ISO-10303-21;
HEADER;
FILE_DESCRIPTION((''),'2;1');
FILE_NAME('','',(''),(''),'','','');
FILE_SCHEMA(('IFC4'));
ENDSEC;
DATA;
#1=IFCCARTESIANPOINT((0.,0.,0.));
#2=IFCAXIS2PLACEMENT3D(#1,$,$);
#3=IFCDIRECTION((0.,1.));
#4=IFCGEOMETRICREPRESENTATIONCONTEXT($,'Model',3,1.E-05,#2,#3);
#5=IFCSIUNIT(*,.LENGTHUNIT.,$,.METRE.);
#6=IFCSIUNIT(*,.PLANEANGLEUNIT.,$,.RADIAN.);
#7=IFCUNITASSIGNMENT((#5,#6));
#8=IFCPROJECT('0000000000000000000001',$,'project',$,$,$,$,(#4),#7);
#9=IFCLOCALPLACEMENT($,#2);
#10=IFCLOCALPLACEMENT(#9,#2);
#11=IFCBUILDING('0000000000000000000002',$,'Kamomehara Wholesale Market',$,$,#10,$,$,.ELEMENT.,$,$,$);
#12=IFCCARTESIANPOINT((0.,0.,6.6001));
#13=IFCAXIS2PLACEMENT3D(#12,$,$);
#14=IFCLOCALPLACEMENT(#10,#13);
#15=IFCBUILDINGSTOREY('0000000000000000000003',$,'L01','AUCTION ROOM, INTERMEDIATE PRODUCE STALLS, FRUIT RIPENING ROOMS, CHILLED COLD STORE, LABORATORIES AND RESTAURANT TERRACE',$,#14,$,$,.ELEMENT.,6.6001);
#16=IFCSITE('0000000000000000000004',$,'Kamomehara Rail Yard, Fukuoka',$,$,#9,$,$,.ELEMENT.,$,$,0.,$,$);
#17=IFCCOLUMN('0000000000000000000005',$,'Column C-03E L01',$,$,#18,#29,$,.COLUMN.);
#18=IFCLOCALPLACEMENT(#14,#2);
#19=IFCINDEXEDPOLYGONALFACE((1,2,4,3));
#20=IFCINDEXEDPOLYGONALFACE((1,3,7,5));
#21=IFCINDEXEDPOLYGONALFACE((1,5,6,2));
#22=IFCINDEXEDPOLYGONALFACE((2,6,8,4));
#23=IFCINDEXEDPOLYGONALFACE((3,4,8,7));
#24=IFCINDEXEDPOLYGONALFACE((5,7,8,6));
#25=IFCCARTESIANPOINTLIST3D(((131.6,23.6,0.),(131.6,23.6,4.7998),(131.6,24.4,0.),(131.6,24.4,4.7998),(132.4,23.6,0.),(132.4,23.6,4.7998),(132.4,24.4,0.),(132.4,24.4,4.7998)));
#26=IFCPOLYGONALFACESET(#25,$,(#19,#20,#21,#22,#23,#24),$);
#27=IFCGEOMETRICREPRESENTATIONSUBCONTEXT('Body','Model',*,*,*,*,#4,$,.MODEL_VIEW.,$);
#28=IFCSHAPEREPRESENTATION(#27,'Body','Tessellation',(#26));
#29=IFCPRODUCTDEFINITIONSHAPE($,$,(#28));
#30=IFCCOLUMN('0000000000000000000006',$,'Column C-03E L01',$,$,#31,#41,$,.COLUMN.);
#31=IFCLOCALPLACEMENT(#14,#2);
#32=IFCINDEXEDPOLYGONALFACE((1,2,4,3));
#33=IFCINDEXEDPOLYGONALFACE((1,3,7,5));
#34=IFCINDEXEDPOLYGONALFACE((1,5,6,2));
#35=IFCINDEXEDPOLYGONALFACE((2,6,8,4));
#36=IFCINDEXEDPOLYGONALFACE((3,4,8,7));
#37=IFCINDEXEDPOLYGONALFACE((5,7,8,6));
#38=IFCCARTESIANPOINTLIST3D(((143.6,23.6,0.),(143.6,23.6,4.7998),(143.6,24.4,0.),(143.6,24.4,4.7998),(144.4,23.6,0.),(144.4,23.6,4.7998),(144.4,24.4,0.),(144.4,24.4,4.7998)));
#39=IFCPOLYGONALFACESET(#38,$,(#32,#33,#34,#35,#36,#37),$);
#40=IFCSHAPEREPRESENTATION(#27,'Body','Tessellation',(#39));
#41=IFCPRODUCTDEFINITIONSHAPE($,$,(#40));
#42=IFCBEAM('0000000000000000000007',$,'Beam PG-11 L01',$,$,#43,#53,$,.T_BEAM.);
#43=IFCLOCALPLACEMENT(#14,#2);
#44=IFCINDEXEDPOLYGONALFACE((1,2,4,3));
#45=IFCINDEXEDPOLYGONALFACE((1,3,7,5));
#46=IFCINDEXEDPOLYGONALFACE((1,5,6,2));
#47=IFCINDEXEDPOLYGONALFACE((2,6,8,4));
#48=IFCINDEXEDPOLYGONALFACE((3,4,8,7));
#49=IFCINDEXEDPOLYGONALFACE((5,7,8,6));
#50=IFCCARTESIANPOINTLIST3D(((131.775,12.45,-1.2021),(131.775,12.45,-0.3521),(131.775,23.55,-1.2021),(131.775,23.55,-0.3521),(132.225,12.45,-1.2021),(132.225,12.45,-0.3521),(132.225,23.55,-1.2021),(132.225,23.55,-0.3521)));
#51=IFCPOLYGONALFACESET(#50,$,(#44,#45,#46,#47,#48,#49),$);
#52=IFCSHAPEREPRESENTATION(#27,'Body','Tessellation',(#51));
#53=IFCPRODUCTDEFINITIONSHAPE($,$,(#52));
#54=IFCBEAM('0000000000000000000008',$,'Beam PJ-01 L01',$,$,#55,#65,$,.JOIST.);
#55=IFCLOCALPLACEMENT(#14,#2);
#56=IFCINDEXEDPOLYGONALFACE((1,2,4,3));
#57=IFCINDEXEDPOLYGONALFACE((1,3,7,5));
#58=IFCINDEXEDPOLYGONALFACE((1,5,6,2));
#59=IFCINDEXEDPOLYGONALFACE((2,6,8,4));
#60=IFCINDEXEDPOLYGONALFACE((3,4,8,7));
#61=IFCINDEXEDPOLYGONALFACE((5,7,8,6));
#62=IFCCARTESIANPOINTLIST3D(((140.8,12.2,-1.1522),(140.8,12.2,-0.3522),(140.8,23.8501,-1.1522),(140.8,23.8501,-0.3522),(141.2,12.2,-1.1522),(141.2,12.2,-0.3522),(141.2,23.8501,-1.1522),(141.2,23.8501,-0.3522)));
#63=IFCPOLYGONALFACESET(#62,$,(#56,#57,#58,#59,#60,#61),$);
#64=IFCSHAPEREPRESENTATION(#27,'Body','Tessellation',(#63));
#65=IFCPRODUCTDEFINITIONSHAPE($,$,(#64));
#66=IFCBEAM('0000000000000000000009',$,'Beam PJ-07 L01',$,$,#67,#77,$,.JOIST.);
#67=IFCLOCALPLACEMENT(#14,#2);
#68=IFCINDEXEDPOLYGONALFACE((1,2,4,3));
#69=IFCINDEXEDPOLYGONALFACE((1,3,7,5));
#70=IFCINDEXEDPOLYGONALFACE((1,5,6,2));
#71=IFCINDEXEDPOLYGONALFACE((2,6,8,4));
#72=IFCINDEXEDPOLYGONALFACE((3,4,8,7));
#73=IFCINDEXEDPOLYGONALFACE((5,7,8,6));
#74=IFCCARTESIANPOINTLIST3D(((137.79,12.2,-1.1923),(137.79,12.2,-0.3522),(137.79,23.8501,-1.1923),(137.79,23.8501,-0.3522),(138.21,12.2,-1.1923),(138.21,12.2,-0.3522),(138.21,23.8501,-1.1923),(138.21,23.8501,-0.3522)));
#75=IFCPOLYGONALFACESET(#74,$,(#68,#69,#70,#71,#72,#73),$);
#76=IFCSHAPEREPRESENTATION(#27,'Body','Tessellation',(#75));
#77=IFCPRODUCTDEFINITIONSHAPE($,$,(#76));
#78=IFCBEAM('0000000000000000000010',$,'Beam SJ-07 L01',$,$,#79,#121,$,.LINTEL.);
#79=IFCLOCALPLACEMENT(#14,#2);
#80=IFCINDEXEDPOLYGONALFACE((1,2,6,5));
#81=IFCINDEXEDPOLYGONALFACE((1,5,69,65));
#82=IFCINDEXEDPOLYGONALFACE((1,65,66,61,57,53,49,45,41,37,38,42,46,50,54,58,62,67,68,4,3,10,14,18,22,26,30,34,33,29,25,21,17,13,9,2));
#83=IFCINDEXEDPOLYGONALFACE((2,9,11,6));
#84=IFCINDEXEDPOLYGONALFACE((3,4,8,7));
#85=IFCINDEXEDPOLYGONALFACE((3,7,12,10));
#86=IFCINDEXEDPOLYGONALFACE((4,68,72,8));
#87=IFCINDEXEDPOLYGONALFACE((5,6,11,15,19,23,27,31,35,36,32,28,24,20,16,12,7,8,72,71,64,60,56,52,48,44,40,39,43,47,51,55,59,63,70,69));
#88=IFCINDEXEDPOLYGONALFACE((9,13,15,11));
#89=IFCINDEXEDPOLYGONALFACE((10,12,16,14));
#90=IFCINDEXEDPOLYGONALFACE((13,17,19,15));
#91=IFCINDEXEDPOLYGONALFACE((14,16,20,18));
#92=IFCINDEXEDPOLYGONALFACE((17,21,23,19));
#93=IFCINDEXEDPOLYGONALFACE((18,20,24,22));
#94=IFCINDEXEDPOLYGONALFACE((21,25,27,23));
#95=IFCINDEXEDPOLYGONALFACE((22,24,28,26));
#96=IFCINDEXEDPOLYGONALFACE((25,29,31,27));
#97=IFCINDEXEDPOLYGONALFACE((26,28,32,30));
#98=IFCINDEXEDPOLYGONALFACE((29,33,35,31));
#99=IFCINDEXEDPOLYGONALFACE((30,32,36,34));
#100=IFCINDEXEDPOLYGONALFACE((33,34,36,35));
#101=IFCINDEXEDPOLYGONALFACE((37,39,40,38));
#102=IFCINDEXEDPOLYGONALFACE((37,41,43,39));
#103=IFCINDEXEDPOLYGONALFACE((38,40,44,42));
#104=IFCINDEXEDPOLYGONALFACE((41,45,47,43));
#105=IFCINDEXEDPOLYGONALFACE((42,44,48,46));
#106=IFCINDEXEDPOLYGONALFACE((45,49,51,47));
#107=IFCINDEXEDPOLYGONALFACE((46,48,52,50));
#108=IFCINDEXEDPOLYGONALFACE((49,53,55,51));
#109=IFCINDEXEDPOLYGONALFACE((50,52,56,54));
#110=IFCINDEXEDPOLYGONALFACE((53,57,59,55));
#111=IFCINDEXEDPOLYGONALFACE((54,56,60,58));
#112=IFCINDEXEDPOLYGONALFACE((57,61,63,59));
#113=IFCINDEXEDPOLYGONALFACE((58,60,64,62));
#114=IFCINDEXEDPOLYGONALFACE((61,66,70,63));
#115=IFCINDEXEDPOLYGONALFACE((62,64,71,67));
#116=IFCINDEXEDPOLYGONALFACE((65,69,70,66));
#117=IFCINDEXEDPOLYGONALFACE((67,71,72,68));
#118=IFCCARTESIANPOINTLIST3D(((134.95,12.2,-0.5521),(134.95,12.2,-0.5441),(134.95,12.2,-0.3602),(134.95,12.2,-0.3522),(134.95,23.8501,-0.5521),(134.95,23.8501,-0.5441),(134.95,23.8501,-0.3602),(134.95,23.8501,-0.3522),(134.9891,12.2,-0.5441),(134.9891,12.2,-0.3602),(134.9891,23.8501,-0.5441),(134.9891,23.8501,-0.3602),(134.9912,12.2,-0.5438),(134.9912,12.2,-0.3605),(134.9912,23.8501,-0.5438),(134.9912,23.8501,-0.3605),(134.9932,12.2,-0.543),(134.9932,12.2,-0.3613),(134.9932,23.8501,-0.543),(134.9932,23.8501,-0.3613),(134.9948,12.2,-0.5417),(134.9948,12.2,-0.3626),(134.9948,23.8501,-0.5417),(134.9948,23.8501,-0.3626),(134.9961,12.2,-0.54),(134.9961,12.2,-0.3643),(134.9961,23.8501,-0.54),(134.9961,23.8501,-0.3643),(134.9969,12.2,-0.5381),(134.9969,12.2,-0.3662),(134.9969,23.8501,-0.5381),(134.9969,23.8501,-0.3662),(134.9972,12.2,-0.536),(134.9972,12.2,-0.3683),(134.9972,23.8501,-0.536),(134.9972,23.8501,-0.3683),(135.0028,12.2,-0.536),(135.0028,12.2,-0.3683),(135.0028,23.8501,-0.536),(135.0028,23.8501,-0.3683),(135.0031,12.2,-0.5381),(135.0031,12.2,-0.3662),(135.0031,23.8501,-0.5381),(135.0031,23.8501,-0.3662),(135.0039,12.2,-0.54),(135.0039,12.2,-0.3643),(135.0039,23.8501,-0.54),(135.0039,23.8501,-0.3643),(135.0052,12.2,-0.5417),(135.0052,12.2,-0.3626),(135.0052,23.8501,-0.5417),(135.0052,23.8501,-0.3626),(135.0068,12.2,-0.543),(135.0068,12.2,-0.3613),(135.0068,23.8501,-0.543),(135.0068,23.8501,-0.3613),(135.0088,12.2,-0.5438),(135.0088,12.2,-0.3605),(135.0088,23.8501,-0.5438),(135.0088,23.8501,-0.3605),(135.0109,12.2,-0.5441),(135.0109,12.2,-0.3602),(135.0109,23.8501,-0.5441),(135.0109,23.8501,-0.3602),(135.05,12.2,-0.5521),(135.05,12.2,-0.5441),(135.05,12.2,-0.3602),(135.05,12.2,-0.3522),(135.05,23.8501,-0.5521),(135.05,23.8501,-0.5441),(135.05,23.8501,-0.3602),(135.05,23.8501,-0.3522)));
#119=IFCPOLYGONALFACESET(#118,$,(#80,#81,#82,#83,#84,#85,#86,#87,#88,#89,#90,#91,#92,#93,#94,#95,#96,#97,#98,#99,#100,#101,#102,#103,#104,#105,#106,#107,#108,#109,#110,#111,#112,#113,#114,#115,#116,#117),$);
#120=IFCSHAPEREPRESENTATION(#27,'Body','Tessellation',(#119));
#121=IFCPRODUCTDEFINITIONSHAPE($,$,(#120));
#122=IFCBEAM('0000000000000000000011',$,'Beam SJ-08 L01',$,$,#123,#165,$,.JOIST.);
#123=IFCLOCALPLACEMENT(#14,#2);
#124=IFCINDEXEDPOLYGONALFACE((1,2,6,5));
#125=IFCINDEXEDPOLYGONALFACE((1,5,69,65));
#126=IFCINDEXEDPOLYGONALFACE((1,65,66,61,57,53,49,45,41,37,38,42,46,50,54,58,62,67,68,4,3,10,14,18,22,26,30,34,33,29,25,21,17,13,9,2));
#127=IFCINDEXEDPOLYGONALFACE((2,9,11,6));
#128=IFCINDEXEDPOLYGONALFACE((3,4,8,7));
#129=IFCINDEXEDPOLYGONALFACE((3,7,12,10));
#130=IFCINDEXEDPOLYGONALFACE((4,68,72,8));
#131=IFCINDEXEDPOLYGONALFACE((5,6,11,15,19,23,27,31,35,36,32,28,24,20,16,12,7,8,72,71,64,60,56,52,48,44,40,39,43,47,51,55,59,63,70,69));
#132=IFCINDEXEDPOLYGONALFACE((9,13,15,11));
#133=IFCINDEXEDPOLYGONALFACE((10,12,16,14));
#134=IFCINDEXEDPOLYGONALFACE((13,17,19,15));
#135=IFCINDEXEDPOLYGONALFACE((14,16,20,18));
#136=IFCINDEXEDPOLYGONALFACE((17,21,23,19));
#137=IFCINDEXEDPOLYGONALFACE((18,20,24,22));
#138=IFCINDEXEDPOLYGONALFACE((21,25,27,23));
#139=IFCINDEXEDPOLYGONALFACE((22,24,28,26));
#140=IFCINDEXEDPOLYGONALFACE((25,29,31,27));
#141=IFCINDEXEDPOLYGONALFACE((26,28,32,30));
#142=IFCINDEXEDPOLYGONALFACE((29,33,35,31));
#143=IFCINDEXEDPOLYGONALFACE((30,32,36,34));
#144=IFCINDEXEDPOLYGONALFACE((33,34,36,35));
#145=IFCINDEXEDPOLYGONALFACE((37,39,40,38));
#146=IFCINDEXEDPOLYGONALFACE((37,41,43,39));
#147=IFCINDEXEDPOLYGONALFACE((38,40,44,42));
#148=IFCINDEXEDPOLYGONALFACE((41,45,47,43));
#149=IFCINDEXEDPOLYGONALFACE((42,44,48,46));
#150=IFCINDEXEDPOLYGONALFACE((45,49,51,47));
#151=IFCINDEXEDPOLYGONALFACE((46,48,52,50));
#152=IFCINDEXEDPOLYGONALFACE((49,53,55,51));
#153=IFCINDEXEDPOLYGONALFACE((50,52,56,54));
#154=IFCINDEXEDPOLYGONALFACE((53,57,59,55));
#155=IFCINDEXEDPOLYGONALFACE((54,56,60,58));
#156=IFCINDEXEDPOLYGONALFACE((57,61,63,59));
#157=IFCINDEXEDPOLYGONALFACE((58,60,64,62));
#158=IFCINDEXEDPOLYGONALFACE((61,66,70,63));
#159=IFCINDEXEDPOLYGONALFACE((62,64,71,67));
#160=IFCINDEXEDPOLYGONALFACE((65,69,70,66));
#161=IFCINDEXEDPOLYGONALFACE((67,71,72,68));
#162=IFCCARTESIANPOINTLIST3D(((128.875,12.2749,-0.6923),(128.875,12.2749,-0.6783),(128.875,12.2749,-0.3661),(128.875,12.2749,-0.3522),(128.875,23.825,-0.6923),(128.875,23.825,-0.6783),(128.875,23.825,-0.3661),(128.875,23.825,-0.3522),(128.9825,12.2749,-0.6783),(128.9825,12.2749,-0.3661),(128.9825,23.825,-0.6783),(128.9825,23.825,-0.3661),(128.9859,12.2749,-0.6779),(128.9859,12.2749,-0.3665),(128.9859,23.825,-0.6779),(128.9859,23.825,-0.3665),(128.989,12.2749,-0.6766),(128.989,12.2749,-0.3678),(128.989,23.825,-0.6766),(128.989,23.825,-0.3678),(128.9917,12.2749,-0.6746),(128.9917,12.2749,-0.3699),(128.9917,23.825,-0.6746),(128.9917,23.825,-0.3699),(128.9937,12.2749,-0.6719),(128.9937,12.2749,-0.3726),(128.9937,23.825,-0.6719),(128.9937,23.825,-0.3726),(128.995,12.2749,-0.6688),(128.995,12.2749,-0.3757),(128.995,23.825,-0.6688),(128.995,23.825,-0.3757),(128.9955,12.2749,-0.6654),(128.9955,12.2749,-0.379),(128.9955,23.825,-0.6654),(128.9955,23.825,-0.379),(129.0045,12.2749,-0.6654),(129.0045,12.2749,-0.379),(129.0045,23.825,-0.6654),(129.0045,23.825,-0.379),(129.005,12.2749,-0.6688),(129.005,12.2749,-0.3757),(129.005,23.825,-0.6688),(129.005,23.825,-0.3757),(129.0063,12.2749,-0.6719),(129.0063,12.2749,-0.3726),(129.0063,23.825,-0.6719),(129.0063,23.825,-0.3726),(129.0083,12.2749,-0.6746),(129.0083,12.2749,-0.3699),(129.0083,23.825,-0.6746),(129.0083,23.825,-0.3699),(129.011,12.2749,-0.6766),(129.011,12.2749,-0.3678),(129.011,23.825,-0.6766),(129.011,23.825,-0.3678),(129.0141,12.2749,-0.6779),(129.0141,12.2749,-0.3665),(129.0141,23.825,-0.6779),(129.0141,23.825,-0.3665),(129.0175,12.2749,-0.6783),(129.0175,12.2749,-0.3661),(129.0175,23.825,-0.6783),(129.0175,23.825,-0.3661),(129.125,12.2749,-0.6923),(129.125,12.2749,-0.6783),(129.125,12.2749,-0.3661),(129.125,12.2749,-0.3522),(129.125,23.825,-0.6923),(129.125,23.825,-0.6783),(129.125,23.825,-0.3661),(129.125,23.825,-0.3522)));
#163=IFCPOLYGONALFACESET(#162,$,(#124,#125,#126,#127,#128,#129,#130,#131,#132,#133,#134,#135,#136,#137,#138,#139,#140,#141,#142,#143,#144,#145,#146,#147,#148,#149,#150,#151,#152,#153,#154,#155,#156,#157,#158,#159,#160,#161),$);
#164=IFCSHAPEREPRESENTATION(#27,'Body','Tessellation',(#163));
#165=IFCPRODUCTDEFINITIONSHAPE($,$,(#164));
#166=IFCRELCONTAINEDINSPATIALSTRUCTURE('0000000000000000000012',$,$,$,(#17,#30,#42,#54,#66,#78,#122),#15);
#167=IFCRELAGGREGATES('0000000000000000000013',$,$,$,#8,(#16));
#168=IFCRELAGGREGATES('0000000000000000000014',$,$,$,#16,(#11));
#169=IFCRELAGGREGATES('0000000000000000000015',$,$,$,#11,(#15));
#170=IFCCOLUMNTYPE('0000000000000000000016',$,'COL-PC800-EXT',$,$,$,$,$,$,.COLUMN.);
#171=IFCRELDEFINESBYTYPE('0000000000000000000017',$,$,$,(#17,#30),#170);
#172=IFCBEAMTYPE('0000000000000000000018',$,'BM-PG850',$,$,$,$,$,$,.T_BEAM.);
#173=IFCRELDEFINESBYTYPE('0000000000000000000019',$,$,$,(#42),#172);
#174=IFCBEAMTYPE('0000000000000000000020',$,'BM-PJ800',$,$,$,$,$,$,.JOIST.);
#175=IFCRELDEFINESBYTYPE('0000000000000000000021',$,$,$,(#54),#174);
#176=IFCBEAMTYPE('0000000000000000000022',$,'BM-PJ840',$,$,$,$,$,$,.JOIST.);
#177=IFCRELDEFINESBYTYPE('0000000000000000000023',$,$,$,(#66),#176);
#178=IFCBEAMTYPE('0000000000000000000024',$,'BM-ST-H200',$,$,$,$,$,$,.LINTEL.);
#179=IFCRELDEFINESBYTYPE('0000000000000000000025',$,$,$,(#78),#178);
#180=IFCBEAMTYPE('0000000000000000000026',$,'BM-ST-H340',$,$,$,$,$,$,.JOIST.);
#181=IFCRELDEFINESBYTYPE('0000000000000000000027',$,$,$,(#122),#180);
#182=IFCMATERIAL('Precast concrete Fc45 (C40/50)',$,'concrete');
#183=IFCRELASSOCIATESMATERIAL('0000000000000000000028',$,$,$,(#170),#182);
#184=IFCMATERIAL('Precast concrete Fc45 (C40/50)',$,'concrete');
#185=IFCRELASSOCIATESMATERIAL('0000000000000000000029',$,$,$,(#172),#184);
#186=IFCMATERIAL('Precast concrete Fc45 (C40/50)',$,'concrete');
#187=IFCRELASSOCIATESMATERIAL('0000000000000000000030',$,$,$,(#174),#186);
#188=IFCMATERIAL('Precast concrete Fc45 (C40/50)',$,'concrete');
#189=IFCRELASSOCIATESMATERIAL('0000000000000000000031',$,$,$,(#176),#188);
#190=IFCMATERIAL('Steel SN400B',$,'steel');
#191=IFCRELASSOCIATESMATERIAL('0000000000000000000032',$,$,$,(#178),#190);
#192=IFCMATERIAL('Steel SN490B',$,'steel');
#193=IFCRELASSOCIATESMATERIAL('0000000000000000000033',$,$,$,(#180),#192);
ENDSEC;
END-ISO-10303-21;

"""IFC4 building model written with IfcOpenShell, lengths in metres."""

from ifc_helpers import new_model, si_unit, direction, frame, origin, origin_2d, place, context, subcontext, project, spatial, rectangle, i_section, extrude, material, material_profile, profile_set, type_object, element, save


model = new_model("IFC4")

# Units and contexts
model_context = context("Model", 3, precision=1e-05, world=origin(), true_north=direction((0.0, 1.0)))
body_context = subcontext(model_context, "Body", "Model", "MODEL_VIEW")
ifc_project = project(units=[si_unit("LENGTHUNIT", "METRE"), si_unit("PLANEANGLEUNIT", "RADIAN")], contexts=[model_context])

# Site, building, storey
site_placement = place(None, origin())
site = spatial("IfcSite", under=ifc_project, at=site_placement, Name="Kamomehara Rail Yard, Fukuoka", CompositionType="ELEMENT", RefElevation=0.0)
building_placement = place(site_placement, origin())
building = spatial("IfcBuilding", under=site, at=building_placement, Name="Kamomehara Wholesale Market", CompositionType="ELEMENT")
storey_placement = place(building_placement, frame((0.0, 0.0, 6.6001)))
storey = spatial("IfcBuildingStorey", under=building, at=storey_placement, Name="L01", Description="AUCTION ROOM, INTERMEDIATE PRODUCE STALLS, FRUIT RIPENING ROOMS, CHILLED COLD STORE, LABORATORIES AND RESTAURANT TERRACE", CompositionType="ELEMENT", Elevation=6.6001)

# Columns
ifc_material_1 = material(Name="Precast concrete Fc45 (C40/50)", Category="concrete")
ifc_material_profile_1 = material_profile(ifc_material_1, rectangle(XDim=0.8, YDim=0.8, at=origin_2d()), Name="PC-COL-800x800")
ifc_profile_set_1 = profile_set([ifc_material_profile_1], Name="Precast concrete Fc45 (C40/50)")
column_type = type_object("IfcColumnType", Name="COL-PC800-EXT", PredefinedType="COLUMN", material=ifc_profile_set_1)
for number, where, z_axis, x_axis, name in (
    (1, (132.0, 24.0, 0.0), (0.0, 0.0, 1.0), (1.0, 0.0, 0.0), "Column C-03E L01"),
    (2, (144.0, 24.0, 0.0), (0.0, 0.0, 1.0), (1.0, 0.0, 0.0), "Column C-03E L01"),
):
    element("IfcColumn", number, at=place(storey_placement, frame(where, z_axis=z_axis, x_axis=x_axis)), inside=storey, type_object=column_type, Name=name, PredefinedType="COLUMN", context=body_context, shape_type="SweptSolid", body=[
        extrude(rectangle(XDim=0.8, YDim=0.8, at=origin_2d()), origin(), (0.0, 0.0, 1.0), 4.7998),
    ])

# Beams
ifc_material_2 = material(Name="Precast concrete Fc45 (C40/50)", Category="concrete")
ifc_material_profile_2 = material_profile(ifc_material_2, rectangle(XDim=0.45, YDim=0.8501, at=origin_2d()), Name="PC-GRD-450x850")
ifc_profile_set_2 = profile_set([ifc_material_profile_2], Name="Precast concrete Fc45 (C40/50)")
beam_type_1 = type_object("IfcBeamType", Name="BM-PG850", PredefinedType="T_BEAM", material=ifc_profile_set_2)
beam_1_placement = place(storey_placement, frame((132.0, 12.45, -0.7771), z_axis=(0.0, 1.0, 0.0), x_axis=(-1.0, 0.0, 0.0)))
element("IfcBeam", 3, at=beam_1_placement, inside=storey, type_object=beam_type_1, Name="Beam PG-11 L01", PredefinedType="T_BEAM", context=body_context, shape_type="SweptSolid", body=[
    extrude(rectangle(XDim=0.45, YDim=0.8501, at=origin_2d()), origin(), (0.0, 0.0, 1.0), 11.1001),
])
ifc_material_3 = material(Name="Precast concrete Fc45 (C40/50)", Category="concrete")
ifc_material_profile_3 = material_profile(ifc_material_3, rectangle(XDim=0.3999, YDim=0.8, at=origin_2d()), Name="PC-JST-400x800")
ifc_profile_set_3 = profile_set([ifc_material_profile_3], Name="Precast concrete Fc45 (C40/50)")
beam_type_2 = type_object("IfcBeamType", Name="BM-PJ800", PredefinedType="JOIST", material=ifc_profile_set_3)
beam_2_placement = place(storey_placement, frame((141.0, 12.2, -0.7522), z_axis=(0.0, 1.0, 0.0), x_axis=(-1.0, 0.0, 0.0)))
element("IfcBeam", 4, at=beam_2_placement, inside=storey, type_object=beam_type_2, Name="Beam PJ-01 L01", PredefinedType="JOIST", context=body_context, shape_type="SweptSolid", body=[
    extrude(rectangle(XDim=0.3999, YDim=0.8, at=origin_2d()), origin(), (0.0, 0.0, 1.0), 11.6501),
])
ifc_material_4 = material(Name="Precast concrete Fc45 (C40/50)", Category="concrete")
ifc_material_profile_4 = material_profile(ifc_material_4, rectangle(XDim=0.4199, YDim=0.8401, at=origin_2d()), Name="PC-JST-420x840")
ifc_profile_set_4 = profile_set([ifc_material_profile_4], Name="Precast concrete Fc45 (C40/50)")
beam_type_3 = type_object("IfcBeamType", Name="BM-PJ840", PredefinedType="JOIST", material=ifc_profile_set_4)
beam_3_placement = place(storey_placement, frame((138.0, 12.2, -0.7722), z_axis=(0.0, 1.0, 0.0), x_axis=(-1.0, 0.0, 0.0)))
element("IfcBeam", 5, at=beam_3_placement, inside=storey, type_object=beam_type_3, Name="Beam PJ-07 L01", PredefinedType="JOIST", context=body_context, shape_type="SweptSolid", body=[
    extrude(rectangle(XDim=0.4199, YDim=0.8401, at=origin_2d()), origin(), (0.0, 0.0, 1.0), 11.6501),
])
ifc_material_5 = material(Name="Steel SN400B", Category="steel")
ifc_material_profile_5 = material_profile(ifc_material_5, i_section(OverallWidth=0.1001, OverallDepth=0.2, WebThickness=0.0056, FlangeThickness=0.0081, FilletRadius=0.0081, at=origin_2d()), Name="H-200x100x5.5x8")
ifc_profile_set_5 = profile_set([ifc_material_profile_5], Name="Steel SN400B")
beam_type_4 = type_object("IfcBeamType", Name="BM-ST-H200", PredefinedType="LINTEL", material=ifc_profile_set_5)
beam_4_placement = place(storey_placement, frame((135.0, 12.2, -0.4521), z_axis=(0.0, 1.0, 0.0), x_axis=(-1.0, 0.0, 0.0)))
element("IfcBeam", 6, at=beam_4_placement, inside=storey, type_object=beam_type_4, Name="Beam SJ-07 L01", PredefinedType="LINTEL", context=body_context, shape_type="SweptSolid", body=[
    extrude(i_section(OverallWidth=0.1001, OverallDepth=0.2, WebThickness=0.0056, FlangeThickness=0.0081, FilletRadius=0.0081, at=origin_2d()), origin(), (0.0, 0.0, 1.0), 11.6501),
])
ifc_material_6 = material(Name="Steel SN490B", Category="steel")
ifc_material_profile_6 = material_profile(ifc_material_6, i_section(OverallWidth=0.25, OverallDepth=0.3401, WebThickness=0.009, FlangeThickness=0.0139, FilletRadius=0.0129, at=origin_2d()), Name="H-340x250x9x14")
ifc_profile_set_6 = profile_set([ifc_material_profile_6], Name="Steel SN490B")
beam_type_5 = type_object("IfcBeamType", Name="BM-ST-H340", PredefinedType="JOIST", material=ifc_profile_set_6)
beam_5_placement = place(storey_placement, frame((129.0, 12.2749, -0.5222), z_axis=(0.0, 1.0, 0.0), x_axis=(-1.0, 0.0, 0.0)))
element("IfcBeam", 7, at=beam_5_placement, inside=storey, type_object=beam_type_5, Name="Beam SJ-08 L01", PredefinedType="JOIST", context=body_context, shape_type="SweptSolid", body=[
    extrude(i_section(OverallWidth=0.25, OverallDepth=0.3401, WebThickness=0.009, FlangeThickness=0.0139, FilletRadius=0.0129, at=origin_2d()), origin(), (0.0, 0.0, 1.0), 11.55),
])

save(model, "model.ifc")
